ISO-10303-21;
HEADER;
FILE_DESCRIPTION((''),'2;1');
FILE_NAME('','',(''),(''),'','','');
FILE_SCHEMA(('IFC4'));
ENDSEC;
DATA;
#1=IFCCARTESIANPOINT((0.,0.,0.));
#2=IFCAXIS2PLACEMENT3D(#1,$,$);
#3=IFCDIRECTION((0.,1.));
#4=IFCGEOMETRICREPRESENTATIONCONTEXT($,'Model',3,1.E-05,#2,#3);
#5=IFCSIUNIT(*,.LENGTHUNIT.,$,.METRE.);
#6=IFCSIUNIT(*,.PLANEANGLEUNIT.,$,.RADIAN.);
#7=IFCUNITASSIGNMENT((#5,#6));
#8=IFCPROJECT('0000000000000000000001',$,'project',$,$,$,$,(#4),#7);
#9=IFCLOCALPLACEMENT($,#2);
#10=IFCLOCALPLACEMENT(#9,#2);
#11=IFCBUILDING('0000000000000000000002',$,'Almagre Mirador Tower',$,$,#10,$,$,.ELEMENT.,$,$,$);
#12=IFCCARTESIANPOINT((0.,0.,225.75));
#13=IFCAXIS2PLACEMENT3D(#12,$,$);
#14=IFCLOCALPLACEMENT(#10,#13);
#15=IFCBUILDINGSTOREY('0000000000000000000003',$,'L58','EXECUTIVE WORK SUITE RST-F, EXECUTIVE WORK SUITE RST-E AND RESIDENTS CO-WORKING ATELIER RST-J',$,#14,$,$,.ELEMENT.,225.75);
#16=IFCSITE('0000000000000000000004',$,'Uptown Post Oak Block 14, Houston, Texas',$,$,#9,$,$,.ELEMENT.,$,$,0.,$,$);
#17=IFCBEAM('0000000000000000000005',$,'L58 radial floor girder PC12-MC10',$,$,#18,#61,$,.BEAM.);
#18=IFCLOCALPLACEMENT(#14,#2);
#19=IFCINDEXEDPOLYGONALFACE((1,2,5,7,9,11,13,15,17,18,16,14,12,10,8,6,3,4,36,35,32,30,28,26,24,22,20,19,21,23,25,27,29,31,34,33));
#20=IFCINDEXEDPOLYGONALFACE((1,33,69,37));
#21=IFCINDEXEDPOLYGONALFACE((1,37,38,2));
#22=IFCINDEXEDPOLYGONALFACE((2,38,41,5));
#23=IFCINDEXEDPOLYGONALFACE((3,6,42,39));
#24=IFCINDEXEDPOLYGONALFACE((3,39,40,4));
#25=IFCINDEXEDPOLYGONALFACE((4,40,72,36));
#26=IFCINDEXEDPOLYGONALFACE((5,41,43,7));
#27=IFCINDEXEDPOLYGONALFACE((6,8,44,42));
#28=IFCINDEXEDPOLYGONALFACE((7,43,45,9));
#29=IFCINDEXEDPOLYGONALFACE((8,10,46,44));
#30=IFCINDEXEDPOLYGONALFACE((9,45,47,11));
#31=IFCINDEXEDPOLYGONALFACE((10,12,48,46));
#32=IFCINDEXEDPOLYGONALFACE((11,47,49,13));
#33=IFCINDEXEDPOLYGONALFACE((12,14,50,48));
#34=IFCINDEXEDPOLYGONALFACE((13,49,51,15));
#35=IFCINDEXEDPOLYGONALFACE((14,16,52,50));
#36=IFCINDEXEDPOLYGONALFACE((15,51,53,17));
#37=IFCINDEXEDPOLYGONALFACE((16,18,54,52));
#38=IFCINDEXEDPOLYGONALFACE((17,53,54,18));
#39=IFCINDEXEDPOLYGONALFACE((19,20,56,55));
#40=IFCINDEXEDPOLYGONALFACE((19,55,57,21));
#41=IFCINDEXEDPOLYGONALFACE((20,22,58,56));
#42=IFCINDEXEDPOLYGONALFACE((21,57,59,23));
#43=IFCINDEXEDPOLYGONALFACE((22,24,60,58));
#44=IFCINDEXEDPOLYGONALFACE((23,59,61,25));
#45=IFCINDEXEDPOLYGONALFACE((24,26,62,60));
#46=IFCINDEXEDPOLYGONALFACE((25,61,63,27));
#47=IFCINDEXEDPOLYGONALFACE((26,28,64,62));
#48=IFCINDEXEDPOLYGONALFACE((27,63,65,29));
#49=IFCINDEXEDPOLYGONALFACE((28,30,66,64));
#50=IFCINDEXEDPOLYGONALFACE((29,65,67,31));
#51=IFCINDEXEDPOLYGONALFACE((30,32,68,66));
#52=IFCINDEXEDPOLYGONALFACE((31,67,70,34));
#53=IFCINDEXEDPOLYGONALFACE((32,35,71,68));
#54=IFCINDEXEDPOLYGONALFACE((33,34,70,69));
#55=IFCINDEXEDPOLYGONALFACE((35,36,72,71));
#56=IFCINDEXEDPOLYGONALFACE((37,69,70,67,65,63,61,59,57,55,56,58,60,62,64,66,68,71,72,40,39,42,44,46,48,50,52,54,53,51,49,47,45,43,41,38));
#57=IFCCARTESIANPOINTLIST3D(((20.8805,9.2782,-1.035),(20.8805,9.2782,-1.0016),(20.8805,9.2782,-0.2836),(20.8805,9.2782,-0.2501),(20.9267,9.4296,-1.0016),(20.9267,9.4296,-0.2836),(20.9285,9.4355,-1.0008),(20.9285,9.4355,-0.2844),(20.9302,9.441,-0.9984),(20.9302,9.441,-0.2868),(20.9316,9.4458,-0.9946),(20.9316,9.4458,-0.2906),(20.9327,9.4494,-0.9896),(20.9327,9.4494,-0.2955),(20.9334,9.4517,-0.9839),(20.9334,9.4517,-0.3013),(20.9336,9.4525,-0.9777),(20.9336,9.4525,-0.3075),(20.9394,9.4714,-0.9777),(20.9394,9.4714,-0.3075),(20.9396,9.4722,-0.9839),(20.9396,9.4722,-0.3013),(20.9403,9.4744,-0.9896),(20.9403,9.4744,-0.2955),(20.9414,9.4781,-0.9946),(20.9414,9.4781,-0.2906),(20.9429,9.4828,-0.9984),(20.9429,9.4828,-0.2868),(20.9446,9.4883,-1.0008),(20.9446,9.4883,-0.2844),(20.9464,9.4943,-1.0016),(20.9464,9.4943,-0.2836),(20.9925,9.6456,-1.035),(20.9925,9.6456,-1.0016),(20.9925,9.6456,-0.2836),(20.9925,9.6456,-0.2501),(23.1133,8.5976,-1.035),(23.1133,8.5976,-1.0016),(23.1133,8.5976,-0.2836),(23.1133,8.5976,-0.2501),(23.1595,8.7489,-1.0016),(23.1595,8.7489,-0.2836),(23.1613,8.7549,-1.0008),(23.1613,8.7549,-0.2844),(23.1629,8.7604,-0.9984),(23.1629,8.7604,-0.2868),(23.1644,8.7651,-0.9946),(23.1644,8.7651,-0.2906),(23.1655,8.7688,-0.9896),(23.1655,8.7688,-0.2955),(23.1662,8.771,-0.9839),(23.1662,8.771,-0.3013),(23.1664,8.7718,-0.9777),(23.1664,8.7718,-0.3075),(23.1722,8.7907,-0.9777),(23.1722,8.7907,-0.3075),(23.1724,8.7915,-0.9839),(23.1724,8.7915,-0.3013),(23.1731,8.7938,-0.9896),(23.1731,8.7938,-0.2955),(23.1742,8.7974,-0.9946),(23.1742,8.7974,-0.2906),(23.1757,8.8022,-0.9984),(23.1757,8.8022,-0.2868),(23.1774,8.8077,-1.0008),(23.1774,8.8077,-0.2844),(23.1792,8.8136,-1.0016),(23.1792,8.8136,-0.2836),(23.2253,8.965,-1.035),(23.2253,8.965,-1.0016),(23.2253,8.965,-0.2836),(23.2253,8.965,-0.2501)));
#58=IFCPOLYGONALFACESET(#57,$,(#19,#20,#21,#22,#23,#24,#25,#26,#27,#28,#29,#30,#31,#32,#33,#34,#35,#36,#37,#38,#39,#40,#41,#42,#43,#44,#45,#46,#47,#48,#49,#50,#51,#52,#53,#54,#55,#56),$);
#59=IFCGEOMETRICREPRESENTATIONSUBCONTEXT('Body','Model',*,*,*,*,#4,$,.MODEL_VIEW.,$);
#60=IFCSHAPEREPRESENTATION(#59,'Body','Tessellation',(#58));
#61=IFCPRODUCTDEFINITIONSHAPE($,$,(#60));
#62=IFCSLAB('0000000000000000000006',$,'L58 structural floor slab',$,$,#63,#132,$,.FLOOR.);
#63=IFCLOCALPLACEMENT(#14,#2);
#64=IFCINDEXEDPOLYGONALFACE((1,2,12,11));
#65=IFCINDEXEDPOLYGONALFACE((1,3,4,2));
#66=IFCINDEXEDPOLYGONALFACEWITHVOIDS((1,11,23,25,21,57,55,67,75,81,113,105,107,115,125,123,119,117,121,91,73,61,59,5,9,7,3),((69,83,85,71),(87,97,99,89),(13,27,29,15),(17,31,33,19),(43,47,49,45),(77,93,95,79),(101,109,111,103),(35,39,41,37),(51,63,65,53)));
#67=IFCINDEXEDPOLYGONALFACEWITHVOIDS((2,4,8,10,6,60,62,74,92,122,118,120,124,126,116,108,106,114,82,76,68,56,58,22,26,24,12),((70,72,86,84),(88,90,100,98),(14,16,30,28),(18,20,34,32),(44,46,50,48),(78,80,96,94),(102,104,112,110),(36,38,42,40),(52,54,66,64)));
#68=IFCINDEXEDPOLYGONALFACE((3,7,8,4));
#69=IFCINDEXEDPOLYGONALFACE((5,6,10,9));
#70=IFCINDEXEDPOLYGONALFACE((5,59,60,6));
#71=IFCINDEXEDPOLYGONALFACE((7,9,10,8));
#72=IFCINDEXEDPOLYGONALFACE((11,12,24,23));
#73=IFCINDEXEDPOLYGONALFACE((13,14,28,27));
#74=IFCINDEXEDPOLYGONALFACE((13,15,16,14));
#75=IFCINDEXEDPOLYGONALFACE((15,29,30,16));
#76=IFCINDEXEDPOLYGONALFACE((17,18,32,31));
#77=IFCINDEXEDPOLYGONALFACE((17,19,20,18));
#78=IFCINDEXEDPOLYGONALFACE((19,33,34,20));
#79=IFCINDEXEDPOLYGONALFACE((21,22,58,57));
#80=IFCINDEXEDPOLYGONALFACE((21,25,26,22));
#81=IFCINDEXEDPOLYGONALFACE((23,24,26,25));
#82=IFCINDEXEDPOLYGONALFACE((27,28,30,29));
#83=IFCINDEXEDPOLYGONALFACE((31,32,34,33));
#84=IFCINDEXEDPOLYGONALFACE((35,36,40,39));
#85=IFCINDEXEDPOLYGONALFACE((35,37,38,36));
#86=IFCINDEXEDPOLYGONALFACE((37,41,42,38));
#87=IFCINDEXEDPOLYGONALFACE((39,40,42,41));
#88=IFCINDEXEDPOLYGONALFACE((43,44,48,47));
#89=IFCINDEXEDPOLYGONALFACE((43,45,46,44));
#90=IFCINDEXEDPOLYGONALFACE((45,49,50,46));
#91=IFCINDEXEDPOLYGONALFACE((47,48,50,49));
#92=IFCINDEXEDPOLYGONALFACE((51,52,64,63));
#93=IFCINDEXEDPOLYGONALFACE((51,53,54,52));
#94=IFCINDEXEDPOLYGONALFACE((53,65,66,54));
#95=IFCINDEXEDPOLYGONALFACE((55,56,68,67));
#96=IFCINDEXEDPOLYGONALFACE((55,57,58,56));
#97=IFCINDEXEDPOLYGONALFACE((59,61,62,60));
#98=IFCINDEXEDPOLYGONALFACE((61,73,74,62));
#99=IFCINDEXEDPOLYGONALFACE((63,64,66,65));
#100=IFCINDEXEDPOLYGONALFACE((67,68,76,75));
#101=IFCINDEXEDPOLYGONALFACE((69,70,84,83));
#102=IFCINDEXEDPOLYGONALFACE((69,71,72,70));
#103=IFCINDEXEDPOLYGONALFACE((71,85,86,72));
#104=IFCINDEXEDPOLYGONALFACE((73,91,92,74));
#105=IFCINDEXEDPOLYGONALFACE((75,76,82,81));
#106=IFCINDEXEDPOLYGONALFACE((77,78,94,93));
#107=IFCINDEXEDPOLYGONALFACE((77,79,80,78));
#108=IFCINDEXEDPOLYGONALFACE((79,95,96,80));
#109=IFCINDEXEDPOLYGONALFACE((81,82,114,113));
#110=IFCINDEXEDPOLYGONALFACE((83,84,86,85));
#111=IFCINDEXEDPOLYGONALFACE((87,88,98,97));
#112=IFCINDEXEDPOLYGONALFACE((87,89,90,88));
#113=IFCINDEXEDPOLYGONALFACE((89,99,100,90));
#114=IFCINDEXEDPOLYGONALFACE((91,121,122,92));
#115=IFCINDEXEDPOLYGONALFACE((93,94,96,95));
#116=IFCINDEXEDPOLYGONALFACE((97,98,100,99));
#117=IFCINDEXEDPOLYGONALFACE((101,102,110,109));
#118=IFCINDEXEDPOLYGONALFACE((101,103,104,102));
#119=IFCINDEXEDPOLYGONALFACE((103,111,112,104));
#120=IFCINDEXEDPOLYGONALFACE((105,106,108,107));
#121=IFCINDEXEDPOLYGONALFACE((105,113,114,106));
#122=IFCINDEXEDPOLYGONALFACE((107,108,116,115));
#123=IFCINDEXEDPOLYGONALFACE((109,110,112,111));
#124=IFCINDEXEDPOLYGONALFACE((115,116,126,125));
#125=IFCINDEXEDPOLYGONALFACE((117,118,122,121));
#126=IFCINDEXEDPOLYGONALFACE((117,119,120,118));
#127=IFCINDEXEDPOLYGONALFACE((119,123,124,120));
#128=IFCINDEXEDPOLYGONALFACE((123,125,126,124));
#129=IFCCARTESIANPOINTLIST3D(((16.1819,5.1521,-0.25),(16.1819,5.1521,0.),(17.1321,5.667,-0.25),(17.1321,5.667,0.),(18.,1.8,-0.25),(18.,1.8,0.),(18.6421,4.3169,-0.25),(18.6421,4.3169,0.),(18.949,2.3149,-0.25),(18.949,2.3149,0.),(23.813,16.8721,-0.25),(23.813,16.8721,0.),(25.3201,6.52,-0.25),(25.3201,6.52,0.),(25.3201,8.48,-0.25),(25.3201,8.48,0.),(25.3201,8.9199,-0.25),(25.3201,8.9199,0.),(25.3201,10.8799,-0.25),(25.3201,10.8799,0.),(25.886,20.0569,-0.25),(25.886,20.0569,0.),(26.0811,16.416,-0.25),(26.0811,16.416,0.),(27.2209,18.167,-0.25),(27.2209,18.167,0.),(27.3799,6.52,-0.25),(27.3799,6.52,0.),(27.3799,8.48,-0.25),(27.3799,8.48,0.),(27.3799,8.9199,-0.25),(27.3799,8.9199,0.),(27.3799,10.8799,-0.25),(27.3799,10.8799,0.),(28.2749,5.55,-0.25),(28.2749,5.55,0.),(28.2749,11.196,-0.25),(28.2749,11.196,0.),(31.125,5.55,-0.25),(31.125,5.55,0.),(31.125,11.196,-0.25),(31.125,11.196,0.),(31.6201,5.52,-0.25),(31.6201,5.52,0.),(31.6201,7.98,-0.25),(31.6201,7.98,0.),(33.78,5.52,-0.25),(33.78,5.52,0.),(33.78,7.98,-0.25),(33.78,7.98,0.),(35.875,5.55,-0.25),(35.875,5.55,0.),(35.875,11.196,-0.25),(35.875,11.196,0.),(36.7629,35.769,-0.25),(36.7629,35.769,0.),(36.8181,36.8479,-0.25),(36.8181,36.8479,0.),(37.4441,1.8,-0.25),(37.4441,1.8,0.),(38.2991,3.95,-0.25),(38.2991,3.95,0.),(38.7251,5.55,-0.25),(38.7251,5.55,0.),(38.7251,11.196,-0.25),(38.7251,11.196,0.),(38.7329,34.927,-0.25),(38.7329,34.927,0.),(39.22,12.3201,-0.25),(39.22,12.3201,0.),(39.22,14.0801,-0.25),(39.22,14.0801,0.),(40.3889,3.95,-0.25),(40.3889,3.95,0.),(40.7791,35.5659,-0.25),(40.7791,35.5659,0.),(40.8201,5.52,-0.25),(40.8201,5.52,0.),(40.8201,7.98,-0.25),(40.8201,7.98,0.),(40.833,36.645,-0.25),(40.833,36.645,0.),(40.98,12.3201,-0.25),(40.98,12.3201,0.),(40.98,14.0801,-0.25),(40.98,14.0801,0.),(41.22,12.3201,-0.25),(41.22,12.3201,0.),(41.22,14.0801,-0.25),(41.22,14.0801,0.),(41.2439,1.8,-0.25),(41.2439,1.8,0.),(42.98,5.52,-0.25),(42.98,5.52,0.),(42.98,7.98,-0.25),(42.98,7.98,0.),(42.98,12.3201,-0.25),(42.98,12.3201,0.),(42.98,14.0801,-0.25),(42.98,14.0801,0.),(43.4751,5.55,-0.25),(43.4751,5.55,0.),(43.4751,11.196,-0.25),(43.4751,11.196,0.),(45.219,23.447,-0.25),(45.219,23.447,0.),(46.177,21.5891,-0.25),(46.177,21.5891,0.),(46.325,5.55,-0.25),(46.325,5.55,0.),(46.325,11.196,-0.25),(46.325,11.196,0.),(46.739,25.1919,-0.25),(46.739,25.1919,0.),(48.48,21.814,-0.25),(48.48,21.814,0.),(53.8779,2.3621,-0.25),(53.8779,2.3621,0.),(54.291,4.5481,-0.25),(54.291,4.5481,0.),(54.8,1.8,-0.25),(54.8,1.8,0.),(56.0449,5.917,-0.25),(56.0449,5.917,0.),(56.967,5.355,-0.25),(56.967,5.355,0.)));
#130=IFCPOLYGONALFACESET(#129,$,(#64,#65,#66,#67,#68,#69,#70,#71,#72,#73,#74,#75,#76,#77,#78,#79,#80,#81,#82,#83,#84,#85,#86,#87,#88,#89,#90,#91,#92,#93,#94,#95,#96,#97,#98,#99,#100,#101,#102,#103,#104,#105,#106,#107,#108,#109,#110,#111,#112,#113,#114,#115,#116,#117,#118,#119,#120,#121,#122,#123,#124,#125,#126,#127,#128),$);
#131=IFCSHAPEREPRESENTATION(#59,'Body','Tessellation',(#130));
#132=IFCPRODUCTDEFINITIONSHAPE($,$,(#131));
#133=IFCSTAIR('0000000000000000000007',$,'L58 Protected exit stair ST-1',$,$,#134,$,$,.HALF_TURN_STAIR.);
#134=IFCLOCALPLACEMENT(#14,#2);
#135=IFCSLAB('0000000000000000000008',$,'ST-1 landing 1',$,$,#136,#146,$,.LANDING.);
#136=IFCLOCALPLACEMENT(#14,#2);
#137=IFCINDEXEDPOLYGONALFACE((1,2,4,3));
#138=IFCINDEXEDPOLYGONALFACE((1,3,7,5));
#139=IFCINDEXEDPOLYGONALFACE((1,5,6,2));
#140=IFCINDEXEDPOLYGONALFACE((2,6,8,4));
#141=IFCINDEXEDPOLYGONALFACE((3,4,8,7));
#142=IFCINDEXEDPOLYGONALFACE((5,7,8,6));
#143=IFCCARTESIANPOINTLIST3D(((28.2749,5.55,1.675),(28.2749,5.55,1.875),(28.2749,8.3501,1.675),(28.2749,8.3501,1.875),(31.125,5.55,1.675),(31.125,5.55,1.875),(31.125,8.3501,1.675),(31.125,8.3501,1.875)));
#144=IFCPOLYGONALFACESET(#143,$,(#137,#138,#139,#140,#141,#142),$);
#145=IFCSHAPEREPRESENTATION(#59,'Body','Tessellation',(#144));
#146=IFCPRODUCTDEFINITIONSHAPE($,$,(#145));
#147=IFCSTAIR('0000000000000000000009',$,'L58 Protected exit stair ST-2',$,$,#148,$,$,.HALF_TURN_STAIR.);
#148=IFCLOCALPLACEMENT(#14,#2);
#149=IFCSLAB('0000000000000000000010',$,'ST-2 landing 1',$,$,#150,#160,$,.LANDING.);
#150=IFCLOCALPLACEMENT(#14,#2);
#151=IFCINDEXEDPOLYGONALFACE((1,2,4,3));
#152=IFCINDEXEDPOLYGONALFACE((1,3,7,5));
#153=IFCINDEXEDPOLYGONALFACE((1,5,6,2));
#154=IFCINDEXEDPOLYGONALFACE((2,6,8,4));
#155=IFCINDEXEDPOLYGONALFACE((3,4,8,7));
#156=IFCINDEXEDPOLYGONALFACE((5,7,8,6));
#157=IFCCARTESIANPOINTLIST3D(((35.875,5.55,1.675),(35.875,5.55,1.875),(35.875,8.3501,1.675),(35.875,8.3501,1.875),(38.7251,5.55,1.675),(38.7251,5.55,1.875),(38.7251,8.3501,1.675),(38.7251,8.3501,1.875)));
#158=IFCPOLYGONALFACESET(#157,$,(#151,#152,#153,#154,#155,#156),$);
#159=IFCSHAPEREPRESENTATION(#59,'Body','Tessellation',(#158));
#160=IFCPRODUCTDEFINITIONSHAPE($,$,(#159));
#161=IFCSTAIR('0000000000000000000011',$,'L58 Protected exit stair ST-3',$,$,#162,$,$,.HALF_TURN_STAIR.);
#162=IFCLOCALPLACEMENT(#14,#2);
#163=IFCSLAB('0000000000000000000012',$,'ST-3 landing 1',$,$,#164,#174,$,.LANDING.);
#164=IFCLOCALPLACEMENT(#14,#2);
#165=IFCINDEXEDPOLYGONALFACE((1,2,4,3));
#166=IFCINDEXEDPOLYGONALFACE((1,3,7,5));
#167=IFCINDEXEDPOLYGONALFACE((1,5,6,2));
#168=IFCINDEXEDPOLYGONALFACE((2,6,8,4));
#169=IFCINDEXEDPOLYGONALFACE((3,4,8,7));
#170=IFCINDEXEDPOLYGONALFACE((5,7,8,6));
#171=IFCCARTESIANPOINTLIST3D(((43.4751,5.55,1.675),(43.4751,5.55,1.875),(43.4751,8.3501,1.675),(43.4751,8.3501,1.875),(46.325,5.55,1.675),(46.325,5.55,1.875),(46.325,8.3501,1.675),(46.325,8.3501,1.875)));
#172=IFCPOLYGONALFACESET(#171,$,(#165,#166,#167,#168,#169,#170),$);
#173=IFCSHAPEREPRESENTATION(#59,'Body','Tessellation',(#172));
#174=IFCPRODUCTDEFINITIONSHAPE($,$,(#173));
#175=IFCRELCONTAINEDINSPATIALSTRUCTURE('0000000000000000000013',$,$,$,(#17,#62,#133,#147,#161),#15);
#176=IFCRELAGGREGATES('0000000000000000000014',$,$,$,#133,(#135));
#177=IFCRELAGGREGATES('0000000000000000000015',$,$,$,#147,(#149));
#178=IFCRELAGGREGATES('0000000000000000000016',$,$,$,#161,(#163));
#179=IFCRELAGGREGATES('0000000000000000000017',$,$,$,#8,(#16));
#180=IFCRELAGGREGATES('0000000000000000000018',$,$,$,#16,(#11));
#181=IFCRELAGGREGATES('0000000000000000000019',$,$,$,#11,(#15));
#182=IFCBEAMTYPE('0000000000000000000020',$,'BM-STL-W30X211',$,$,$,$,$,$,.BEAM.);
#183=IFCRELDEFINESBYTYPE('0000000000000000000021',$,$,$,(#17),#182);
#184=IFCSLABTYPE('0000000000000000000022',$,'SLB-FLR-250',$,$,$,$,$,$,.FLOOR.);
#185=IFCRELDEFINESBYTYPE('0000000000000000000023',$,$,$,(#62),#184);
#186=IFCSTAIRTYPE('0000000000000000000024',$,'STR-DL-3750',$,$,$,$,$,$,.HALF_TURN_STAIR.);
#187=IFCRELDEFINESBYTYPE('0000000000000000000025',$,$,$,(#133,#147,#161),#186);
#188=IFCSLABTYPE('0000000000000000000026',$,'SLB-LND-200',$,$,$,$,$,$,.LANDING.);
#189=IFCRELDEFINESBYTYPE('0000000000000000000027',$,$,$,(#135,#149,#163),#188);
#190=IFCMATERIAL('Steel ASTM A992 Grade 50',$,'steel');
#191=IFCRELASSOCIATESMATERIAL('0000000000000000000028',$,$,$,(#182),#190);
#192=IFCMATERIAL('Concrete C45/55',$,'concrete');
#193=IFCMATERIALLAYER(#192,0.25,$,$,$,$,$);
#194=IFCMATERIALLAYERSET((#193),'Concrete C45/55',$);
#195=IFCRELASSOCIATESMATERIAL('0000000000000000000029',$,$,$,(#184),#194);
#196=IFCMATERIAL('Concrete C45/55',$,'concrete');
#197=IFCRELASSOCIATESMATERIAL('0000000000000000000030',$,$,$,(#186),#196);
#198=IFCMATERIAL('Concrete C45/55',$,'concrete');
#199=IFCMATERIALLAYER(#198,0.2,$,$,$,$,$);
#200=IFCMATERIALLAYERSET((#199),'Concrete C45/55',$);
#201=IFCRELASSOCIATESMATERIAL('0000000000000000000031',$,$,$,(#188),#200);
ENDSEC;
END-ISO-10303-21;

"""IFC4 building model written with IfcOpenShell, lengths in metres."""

from ifc_helpers import new_model, si_unit, direction, frame, origin, origin_2d, place, context, subcontext, project, spatial, polyline, i_section, outline, extrude, material, layer, layer_set, material_profile, profile_set, type_object, element, aggregate, save


model = new_model("IFC4")

# Units and contexts
model_context = context("Model", 3, precision=1e-05, world=origin(), true_north=direction((0.0, 1.0)))
body_context = subcontext(model_context, "Body", "Model", "MODEL_VIEW")
ifc_project = project(units=[si_unit("LENGTHUNIT", "METRE"), si_unit("PLANEANGLEUNIT", "RADIAN")], contexts=[model_context])

# Site, building, storey
site_placement = place(None, origin())
site = spatial("IfcSite", under=ifc_project, at=site_placement, Name="Uptown Post Oak Block 14, Houston, Texas", CompositionType="ELEMENT", RefElevation=0.0)
building_placement = place(site_placement, origin())
building = spatial("IfcBuilding", under=site, at=building_placement, Name="Almagre Mirador Tower", CompositionType="ELEMENT")
storey_placement = place(building_placement, frame((0.0, 0.0, 225.75)))
storey = spatial("IfcBuildingStorey", under=building, at=storey_placement, Name="L58", Description="EXECUTIVE WORK SUITE RST-F, EXECUTIVE WORK SUITE RST-E AND RESIDENTS CO-WORKING ATELIER RST-J", CompositionType="ELEMENT", Elevation=225.75)

# Beam
ifc_material_1 = material(Name="Steel ASTM A992 Grade 50", Category="steel")
ifc_material_profile_1 = material_profile(ifc_material_1, i_section(OverallWidth=0.384, OverallDepth=0.7849, WebThickness=0.0198, FlangeThickness=0.0334, FilletRadius=0.0239, at=origin_2d()), Name="W30X211")
ifc_profile_set_1 = profile_set([ifc_material_profile_1], Name="Steel ASTM A992 Grade 50")
beam_type_1 = type_object("IfcBeamType", Name="BM-STL-W30X211", PredefinedType="BEAM", material=ifc_profile_set_1)
beam_1_placement = place(storey_placement, frame((20.9365, 9.4619, -0.6426), z_axis=(0.956545, -0.291586, 0.0), x_axis=(0.291586, 0.956545, 0.0)))
element("IfcBeam", 1, at=beam_1_placement, inside=storey, type_object=beam_type_1, Name="L58 radial floor girder PC12-MC10", PredefinedType="BEAM", context=body_context, shape_type="SweptSolid", body=[
    extrude(i_section(OverallWidth=0.384, OverallDepth=0.7849, WebThickness=0.0198, FlangeThickness=0.0334, FilletRadius=0.0239, at=origin_2d()), origin(), (0.0, 0.0, 1.0), 2.3342),
])

# Slab
ifc_material_2 = material(Name="Concrete C45/55", Category="concrete")
ifc_layer_1 = layer(ifc_material_2, 0.25)
ifc_layer_set_1 = layer_set([ifc_layer_1], Name="Concrete C45/55")
slab_type_1 = type_object("IfcSlabType", Name="SLB-FLR-250", PredefinedType="FLOOR", material=ifc_layer_set_1)
slab_1_placement = place(storey_placement, frame((0.0, 0.0, -0.25)))
element("IfcSlab", 2, at=slab_1_placement, inside=storey, type_object=slab_type_1, Name="L58 structural floor slab", PredefinedType="FLOOR", context=body_context, shape_type="SweptSolid", body=[
    extrude(outline(polyline([(16.1819, 5.1521), (17.1321, 5.667), (18.6421, 4.3169), (18.949, 2.3149), (18.0, 1.8), (37.4441, 1.8), (38.2991, 3.95), (40.3889, 3.95), (41.2439, 1.8), (54.8, 1.8), (53.8779, 2.3621), (54.291, 4.5481), (56.0449, 5.917), (56.967, 5.355), (48.48, 21.814), (46.177, 21.5891), (45.219, 23.447), (46.739, 25.1919), (40.833, 36.645), (40.7791, 35.5659), (38.7329, 34.927), (36.7629, 35.769), (36.8181, 36.8479), (25.886, 20.0569), (27.2209, 18.167), (26.0811, 16.416), (23.813, 16.8721), (16.1819, 5.1521)]), holes=[polyline([(43.4751, 5.55), (43.4751, 11.196), (46.325, 11.196), (46.325, 5.55), (43.4751, 5.55)]), polyline([(41.22, 12.3201), (41.22, 14.0801), (42.98, 14.0801), (42.98, 12.3201), (41.22, 12.3201)]), polyline([(42.98, 5.52), (40.8201, 5.52), (40.8201, 7.98), (42.98, 7.98), (42.98, 5.52)]), polyline([(39.22, 12.3201), (39.22, 14.0801), (40.98, 14.0801), (40.98, 12.3201), (39.22, 12.3201)]), polyline([(35.875, 5.55), (35.875, 11.196), (38.7251, 11.196), (38.7251, 5.55), (35.875, 5.55)]), polyline([(33.78, 5.52), (31.6201, 5.52), (31.6201, 7.98), (33.78, 7.98), (33.78, 5.52)]), polyline([(28.2749, 5.55), (28.2749, 11.196), (31.125, 11.196), (31.125, 5.55), (28.2749, 5.55)]), polyline([(27.3799, 6.52), (25.3201, 6.52), (25.3201, 8.48), (27.3799, 8.48), (27.3799, 6.52)]), polyline([(27.3799, 8.9199), (25.3201, 8.9199), (25.3201, 10.8799), (27.3799, 10.8799), (27.3799, 8.9199)])]), origin(), (0.0, 0.0, 1.0), 0.25),
])

# Stairs, slabs
ifc_material_3 = material(Name="Concrete C45/55", Category="concrete")
stair_type = type_object("IfcStairType", Name="STR-DL-3750", PredefinedType="HALF_TURN_STAIR", material=ifc_material_3)
stair_1_placement = place(storey_placement, origin())
stair_1 = element("IfcStair", 3, at=stair_1_placement, inside=storey, type_object=stair_type, Name="L58 Protected exit stair ST-1", PredefinedType="HALF_TURN_STAIR")
ifc_material_4 = material(Name="Concrete C45/55", Category="concrete")
ifc_layer_2 = layer(ifc_material_4, 0.2)
ifc_layer_set_2 = layer_set([ifc_layer_2], Name="Concrete C45/55")
slab_type_2 = type_object("IfcSlabType", Name="SLB-LND-200", PredefinedType="LANDING", material=ifc_layer_set_2)
slab_2_placement = place(storey_placement, frame((0.0, 0.0, 1.675)))
slab_2 = element("IfcSlab", 4, at=slab_2_placement, type_object=slab_type_2, Name="ST-1 landing 1", PredefinedType="LANDING", context=body_context, shape_type="SweptSolid", body=[
    extrude(outline(polyline([(28.2749, 8.3501), (28.2749, 5.55), (31.125, 5.55), (31.125, 8.3501), (28.2749, 8.3501)])), origin(), (0.0, 0.0, 1.0), 0.2),
])
aggregate(stair_1, [slab_2])
stair_2_placement = place(storey_placement, origin())
stair_2 = element("IfcStair", 5, at=stair_2_placement, inside=storey, type_object=stair_type, Name="L58 Protected exit stair ST-2", PredefinedType="HALF_TURN_STAIR")
slab_3_placement = place(storey_placement, frame((0.0, 0.0, 1.675)))
slab_3 = element("IfcSlab", 6, at=slab_3_placement, type_object=slab_type_2, Name="ST-2 landing 1", PredefinedType="LANDING", context=body_context, shape_type="SweptSolid", body=[
    extrude(outline(polyline([(35.875, 8.3501), (35.875, 5.55), (38.7251, 5.55), (38.7251, 8.3501), (35.875, 8.3501)])), origin(), (0.0, 0.0, 1.0), 0.2),
])
aggregate(stair_2, [slab_3])
stair_3_placement = place(storey_placement, origin())
stair_3 = element("IfcStair", 7, at=stair_3_placement, inside=storey, type_object=stair_type, Name="L58 Protected exit stair ST-3", PredefinedType="HALF_TURN_STAIR")
slab_4_placement = place(storey_placement, frame((0.0, 0.0, 1.675)))
slab_4 = element("IfcSlab", 8, at=slab_4_placement, type_object=slab_type_2, Name="ST-3 landing 1", PredefinedType="LANDING", context=body_context, shape_type="SweptSolid", body=[
    extrude(outline(polyline([(43.4751, 8.3501), (43.4751, 5.55), (46.325, 5.55), (46.325, 8.3501), (43.4751, 8.3501)])), origin(), (0.0, 0.0, 1.0), 0.2),
])
aggregate(stair_3, [slab_4])

save(model, "model.ifc")
